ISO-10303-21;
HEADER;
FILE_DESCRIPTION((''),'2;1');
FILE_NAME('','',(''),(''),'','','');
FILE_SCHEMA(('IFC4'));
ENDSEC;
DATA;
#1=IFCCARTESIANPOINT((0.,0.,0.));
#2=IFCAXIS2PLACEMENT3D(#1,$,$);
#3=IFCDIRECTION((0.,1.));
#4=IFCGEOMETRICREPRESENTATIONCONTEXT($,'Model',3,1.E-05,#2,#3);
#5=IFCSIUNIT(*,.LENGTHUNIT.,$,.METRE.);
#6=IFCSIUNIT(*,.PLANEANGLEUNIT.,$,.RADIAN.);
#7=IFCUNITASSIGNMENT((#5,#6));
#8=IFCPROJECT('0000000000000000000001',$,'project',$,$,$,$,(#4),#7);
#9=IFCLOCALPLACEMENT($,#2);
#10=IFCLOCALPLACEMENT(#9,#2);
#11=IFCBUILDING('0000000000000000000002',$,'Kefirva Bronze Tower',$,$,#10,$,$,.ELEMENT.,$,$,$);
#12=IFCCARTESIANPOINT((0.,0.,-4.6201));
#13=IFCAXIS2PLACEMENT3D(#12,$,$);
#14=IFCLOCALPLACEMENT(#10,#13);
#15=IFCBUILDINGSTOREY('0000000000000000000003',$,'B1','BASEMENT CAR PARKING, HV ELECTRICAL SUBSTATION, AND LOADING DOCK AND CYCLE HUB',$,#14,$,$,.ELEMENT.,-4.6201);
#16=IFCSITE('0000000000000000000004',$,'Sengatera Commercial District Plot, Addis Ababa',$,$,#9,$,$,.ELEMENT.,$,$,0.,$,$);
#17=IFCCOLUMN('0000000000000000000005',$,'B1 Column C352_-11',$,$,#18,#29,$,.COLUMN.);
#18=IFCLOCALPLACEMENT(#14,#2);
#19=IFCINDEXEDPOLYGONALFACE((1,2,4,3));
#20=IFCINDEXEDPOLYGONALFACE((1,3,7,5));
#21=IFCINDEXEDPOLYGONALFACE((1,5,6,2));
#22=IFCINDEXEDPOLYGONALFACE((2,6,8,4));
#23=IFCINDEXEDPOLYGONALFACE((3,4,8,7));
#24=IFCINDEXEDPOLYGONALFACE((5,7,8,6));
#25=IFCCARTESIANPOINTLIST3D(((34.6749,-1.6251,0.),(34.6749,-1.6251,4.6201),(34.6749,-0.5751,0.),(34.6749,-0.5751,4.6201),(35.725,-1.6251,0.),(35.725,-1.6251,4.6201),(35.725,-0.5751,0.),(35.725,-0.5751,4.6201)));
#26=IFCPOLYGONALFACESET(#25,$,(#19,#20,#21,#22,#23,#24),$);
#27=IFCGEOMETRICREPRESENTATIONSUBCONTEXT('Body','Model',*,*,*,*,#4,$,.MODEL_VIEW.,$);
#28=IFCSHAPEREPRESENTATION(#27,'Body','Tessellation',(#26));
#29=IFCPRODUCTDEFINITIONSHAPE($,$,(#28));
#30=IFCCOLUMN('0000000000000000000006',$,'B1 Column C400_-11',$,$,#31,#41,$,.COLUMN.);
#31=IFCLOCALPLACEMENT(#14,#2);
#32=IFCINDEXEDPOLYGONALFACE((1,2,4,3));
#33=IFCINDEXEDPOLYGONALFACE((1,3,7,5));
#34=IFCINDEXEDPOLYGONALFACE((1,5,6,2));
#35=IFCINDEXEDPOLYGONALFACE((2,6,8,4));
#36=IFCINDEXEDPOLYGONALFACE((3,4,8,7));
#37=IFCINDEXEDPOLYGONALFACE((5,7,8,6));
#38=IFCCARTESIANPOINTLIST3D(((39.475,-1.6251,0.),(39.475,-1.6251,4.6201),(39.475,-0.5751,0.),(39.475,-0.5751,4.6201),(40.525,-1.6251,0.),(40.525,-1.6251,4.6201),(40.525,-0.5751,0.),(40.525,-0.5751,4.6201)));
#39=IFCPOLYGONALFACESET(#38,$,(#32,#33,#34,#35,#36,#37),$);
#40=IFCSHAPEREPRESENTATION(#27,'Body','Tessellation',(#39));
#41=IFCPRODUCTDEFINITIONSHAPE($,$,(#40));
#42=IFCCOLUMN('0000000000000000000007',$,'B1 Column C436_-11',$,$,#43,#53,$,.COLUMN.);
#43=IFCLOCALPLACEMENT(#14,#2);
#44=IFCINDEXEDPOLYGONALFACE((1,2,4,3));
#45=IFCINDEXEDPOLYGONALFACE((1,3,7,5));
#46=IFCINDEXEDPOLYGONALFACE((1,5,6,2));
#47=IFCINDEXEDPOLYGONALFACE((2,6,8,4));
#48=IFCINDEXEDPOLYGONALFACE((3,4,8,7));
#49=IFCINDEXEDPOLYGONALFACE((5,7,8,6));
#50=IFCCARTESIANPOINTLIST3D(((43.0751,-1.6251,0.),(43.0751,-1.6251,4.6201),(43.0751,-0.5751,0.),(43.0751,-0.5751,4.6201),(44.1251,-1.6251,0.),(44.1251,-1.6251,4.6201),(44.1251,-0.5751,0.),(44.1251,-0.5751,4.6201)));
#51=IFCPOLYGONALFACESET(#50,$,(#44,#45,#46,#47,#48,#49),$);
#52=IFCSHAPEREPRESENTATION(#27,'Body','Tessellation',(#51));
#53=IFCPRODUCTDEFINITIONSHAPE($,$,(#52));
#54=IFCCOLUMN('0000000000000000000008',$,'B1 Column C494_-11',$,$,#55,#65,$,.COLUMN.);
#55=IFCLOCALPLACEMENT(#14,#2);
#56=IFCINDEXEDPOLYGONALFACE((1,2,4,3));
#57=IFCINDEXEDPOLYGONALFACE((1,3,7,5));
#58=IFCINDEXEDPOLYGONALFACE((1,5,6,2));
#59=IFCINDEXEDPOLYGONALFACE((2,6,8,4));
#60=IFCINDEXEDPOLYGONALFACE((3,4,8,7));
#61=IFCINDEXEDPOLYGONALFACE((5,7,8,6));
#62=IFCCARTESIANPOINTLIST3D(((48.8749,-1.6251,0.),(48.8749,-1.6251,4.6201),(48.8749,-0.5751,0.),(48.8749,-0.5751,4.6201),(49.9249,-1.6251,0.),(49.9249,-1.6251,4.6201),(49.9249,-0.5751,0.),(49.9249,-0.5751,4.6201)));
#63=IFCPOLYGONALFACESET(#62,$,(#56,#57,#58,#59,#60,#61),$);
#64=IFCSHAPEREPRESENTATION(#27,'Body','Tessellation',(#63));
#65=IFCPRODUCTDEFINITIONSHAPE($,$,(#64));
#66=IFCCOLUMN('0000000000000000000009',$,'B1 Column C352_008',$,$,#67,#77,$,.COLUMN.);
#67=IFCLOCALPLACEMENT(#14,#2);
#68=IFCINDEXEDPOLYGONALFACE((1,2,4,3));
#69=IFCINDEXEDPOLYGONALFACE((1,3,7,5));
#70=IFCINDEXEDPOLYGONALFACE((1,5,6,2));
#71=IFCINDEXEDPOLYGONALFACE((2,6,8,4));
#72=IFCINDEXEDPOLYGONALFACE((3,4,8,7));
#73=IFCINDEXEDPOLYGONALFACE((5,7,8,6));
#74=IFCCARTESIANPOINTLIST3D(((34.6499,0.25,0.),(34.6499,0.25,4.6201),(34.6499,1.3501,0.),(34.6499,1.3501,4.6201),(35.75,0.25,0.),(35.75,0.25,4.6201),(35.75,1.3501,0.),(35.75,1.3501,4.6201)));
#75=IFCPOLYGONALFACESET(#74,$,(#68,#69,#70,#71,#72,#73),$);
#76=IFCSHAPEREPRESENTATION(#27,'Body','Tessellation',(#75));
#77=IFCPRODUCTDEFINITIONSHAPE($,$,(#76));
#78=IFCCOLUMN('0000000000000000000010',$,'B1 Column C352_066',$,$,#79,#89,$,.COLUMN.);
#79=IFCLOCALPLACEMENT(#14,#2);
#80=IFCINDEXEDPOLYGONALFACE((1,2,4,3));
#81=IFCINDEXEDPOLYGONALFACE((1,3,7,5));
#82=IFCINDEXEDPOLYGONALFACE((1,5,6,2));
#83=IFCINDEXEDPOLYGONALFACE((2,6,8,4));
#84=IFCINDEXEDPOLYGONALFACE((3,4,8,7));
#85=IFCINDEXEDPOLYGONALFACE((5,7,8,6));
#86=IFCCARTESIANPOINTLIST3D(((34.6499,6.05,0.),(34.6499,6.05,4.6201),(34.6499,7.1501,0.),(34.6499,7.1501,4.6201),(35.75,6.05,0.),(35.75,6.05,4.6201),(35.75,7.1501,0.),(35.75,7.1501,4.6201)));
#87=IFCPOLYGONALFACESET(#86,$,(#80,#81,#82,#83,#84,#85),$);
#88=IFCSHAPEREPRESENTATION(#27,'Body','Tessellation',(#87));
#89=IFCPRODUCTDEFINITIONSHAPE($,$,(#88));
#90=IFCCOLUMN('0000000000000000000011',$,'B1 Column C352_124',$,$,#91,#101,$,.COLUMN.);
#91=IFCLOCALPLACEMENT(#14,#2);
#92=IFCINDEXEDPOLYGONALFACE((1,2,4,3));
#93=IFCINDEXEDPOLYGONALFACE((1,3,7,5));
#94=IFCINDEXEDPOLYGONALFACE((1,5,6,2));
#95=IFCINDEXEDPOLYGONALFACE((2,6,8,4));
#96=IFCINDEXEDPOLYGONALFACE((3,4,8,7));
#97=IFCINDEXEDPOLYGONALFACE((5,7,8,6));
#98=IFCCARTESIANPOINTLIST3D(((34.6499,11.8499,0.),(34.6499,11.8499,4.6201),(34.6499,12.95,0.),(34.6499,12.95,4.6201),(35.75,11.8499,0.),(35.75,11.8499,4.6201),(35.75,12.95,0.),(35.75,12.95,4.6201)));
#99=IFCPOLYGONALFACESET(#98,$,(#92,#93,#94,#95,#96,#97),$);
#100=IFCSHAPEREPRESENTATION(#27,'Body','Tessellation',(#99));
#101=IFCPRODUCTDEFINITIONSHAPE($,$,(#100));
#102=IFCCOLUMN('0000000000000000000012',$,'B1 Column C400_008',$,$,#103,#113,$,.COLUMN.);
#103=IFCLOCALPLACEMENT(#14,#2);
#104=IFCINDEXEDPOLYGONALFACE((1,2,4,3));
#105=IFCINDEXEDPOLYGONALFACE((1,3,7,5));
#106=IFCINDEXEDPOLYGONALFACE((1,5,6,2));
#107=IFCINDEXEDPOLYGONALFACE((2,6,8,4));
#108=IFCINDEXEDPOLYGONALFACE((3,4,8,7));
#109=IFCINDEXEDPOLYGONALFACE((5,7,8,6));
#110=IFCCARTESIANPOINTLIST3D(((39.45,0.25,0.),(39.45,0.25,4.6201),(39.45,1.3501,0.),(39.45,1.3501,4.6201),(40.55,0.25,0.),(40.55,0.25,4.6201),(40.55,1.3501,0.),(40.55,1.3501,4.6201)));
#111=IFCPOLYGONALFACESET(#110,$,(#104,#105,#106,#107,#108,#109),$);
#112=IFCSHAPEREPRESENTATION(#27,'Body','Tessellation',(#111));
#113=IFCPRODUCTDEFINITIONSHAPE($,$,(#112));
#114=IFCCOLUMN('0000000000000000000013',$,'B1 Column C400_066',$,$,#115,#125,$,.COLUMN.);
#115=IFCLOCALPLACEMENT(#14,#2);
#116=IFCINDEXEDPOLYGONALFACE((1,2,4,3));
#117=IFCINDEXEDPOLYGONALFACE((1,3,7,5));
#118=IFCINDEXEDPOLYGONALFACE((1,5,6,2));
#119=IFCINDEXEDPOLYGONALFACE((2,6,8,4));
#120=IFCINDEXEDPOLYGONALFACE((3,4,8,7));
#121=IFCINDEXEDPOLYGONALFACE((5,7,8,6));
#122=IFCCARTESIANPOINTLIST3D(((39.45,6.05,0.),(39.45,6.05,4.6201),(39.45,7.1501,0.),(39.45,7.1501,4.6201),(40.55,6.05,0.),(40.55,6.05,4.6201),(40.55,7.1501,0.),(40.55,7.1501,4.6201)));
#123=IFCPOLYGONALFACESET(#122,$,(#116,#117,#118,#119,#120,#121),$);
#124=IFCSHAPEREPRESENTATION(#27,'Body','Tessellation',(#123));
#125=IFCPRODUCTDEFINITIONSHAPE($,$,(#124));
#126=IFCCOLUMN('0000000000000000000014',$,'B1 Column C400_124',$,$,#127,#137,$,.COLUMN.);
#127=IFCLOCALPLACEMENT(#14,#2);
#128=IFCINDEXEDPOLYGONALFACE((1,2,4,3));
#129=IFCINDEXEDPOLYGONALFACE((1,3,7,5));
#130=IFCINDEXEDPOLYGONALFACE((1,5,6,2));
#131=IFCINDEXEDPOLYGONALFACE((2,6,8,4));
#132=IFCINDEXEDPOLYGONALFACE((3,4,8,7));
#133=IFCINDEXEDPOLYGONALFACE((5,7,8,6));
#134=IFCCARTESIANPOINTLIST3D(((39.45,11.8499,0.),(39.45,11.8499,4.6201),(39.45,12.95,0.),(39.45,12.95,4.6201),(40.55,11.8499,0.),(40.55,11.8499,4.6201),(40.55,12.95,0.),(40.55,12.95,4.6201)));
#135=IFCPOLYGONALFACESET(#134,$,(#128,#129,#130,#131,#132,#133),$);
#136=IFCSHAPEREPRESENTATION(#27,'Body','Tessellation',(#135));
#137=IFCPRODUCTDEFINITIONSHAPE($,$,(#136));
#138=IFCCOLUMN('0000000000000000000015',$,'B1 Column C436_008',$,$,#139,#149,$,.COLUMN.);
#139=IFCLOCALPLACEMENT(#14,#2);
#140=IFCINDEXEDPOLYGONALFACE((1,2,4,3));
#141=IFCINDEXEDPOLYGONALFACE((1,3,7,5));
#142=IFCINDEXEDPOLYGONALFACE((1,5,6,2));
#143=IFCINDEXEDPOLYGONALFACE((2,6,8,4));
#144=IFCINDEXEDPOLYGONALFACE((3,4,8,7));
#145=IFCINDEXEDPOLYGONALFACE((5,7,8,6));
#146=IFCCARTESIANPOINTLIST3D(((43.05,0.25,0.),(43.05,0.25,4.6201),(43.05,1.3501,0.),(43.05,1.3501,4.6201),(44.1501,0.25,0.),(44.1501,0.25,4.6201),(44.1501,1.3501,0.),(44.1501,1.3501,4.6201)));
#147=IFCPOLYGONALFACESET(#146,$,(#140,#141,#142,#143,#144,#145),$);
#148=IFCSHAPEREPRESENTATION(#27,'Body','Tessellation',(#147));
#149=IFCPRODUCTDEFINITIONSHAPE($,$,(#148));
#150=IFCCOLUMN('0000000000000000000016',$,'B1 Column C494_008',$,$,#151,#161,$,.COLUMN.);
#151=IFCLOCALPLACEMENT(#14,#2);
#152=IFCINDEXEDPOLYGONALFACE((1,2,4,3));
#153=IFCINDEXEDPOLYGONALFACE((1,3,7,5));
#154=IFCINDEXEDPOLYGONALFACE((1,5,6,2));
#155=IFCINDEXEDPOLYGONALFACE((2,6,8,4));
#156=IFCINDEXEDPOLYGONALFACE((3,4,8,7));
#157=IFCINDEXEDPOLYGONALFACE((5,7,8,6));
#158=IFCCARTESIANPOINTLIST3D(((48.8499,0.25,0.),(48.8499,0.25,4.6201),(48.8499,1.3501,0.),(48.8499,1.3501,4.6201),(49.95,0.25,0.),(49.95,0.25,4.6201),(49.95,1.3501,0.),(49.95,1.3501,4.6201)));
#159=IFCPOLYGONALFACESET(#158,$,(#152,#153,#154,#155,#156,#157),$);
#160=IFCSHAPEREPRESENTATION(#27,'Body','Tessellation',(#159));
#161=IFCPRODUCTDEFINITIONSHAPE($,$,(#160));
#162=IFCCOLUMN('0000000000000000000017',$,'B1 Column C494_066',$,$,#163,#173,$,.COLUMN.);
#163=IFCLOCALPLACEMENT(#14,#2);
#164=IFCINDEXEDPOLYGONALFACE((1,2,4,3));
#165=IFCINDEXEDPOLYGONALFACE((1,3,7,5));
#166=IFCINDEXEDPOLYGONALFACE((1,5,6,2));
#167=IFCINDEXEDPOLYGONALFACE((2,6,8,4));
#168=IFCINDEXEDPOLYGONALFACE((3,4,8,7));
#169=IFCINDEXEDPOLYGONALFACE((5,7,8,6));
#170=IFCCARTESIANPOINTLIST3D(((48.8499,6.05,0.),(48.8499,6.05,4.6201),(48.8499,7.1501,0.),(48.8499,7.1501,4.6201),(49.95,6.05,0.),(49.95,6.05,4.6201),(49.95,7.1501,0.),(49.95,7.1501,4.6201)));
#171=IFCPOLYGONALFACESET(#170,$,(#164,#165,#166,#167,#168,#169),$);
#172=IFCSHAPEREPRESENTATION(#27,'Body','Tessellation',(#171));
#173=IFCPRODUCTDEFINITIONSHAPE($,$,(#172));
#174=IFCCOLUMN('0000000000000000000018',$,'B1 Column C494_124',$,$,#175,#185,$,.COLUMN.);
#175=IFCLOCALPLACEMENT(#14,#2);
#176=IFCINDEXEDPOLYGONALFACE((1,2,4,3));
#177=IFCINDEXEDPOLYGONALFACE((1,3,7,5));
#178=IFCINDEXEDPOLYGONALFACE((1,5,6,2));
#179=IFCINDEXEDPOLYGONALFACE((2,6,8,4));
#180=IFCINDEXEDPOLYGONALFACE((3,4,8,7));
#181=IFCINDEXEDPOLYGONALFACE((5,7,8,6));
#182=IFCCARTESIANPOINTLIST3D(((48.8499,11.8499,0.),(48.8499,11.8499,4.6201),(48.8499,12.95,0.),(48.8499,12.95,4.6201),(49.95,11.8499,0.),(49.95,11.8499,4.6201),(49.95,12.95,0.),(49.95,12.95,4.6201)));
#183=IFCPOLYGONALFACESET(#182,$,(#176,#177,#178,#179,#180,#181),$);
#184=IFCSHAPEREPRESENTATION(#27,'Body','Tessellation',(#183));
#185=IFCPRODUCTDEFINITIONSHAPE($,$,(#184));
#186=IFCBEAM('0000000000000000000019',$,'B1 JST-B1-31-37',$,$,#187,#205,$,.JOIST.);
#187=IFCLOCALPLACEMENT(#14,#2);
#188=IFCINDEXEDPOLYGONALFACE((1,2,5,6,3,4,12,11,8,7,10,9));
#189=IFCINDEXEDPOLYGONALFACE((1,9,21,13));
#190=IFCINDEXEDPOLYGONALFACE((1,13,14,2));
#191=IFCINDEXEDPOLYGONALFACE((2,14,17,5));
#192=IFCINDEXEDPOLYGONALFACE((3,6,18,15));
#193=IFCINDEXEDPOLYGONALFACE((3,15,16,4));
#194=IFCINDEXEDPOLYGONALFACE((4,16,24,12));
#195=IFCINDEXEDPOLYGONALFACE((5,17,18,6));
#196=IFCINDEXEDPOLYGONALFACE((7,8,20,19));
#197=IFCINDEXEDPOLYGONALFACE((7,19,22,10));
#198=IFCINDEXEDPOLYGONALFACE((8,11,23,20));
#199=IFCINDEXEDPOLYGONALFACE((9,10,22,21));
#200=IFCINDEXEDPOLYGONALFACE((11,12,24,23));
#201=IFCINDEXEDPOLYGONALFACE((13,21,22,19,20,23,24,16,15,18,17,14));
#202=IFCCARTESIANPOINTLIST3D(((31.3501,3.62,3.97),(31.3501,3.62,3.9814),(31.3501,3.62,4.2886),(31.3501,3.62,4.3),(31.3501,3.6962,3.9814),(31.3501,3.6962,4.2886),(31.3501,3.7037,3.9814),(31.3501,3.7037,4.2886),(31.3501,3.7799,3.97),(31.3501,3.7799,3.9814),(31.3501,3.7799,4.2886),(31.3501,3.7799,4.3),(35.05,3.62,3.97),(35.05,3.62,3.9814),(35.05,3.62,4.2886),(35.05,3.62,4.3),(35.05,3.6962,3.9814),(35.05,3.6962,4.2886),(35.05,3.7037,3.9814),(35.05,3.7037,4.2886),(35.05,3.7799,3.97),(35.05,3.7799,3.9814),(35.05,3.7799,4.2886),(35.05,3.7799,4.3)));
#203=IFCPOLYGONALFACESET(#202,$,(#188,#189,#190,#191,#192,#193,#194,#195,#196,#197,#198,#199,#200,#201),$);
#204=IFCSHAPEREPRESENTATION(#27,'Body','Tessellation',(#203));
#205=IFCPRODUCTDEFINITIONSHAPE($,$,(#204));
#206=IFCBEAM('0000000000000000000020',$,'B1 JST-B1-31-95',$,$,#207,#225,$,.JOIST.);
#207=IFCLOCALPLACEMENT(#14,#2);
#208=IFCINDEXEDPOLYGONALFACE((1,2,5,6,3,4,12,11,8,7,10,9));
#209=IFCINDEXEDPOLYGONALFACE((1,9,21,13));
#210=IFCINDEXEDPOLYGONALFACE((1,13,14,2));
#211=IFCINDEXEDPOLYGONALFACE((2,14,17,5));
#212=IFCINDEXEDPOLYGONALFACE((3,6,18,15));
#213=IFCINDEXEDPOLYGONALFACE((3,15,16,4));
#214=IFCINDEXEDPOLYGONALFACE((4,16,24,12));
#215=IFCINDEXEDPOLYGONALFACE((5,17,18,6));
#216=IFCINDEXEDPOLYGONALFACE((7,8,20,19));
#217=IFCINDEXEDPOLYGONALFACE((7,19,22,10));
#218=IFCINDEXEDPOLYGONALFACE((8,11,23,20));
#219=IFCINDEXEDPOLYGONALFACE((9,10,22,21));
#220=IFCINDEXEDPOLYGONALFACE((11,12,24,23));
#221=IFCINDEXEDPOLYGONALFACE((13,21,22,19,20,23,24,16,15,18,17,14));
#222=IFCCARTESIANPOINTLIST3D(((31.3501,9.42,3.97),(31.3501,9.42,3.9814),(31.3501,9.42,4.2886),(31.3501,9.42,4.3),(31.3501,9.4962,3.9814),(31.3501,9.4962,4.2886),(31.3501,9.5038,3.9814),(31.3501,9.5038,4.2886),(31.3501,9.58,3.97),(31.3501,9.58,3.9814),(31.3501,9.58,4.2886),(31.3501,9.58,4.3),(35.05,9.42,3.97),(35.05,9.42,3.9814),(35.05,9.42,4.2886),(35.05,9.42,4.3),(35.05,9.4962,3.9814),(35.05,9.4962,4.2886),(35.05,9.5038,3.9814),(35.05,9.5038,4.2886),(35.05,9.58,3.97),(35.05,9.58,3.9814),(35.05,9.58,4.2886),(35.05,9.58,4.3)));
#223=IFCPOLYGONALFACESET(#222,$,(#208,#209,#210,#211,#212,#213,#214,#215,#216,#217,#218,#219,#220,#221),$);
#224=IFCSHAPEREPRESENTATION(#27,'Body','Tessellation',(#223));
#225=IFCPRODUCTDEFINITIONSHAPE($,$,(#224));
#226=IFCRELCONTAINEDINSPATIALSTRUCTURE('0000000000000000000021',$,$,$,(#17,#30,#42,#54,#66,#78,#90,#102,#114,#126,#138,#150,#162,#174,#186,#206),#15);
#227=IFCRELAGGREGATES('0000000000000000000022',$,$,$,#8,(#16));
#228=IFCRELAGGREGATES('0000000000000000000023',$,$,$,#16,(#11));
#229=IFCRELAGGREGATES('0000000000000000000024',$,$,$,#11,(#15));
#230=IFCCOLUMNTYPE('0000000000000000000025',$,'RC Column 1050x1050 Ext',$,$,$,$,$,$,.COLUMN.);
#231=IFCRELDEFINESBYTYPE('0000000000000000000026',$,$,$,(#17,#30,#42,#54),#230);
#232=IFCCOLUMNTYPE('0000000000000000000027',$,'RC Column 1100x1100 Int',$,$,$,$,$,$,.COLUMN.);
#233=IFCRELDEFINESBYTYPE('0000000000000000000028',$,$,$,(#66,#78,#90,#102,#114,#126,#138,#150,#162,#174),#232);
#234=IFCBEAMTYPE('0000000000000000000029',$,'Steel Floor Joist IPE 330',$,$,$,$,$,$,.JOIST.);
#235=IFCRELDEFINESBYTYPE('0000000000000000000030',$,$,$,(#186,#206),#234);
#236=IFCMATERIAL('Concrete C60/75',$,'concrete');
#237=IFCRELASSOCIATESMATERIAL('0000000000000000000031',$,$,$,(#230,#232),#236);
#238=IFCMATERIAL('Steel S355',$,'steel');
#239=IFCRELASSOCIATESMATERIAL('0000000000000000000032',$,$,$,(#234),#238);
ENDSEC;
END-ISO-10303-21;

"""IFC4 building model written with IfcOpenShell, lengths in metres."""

from ifc_helpers import new_model, si_unit, direction, frame, origin, origin_2d, place, context, subcontext, project, spatial, rectangle, i_section, extrude, material, material_profile, profile_set, type_object, element, save


model = new_model("IFC4")

# Units and contexts
model_context = context("Model", 3, precision=1e-05, world=origin(), true_north=direction((0.0, 1.0)))
body_context = subcontext(model_context, "Body", "Model", "MODEL_VIEW")
ifc_project = project(units=[si_unit("LENGTHUNIT", "METRE"), si_unit("PLANEANGLEUNIT", "RADIAN")], contexts=[model_context])

# Site, building, storey
site_placement = place(None, origin())
site = spatial("IfcSite", under=ifc_project, at=site_placement, Name="Sengatera Commercial District Plot, Addis Ababa", CompositionType="ELEMENT", RefElevation=0.0)
building_placement = place(site_placement, origin())
building = spatial("IfcBuilding", under=site, at=building_placement, Name="Kefirva Bronze Tower", CompositionType="ELEMENT")
storey_placement = place(building_placement, frame((0.0, 0.0, -4.6201)))
storey = spatial("IfcBuildingStorey", under=building, at=storey_placement, Name="B1", Description="BASEMENT CAR PARKING, HV ELECTRICAL SUBSTATION, AND LOADING DOCK AND CYCLE HUB", CompositionType="ELEMENT", Elevation=-4.6201)

# Columns
ifc_material_1 = material(Name="Concrete C60/75", Category="concrete")
ifc_material_profile_1 = material_profile(ifc_material_1, rectangle(XDim=1.05, YDim=1.05, at=origin_2d()), Name="RC 1050x1050")
ifc_profile_set_1 = profile_set([ifc_material_profile_1], Name="Concrete C60/75")
column_type_1 = type_object("IfcColumnType", Name="RC Column 1050x1050 Ext", PredefinedType="COLUMN", material=ifc_profile_set_1)
for number, where, z_axis, x_axis, name in (
    (1, (35.2, -1.1001, 0.0), (0.0, 0.0, 1.0), (1.0, 0.0, 0.0), "B1 Column C352_-11"),
    (2, (40.0, -1.1001, 0.0), (0.0, 0.0, 1.0), (1.0, 0.0, 0.0), "B1 Column C400_-11"),
    (3, (43.6001, -1.1001, 0.0), (0.0, 0.0, 1.0), (1.0, 0.0, 0.0), "B1 Column C436_-11"),
    (4, (49.3999, -1.1001, 0.0), (0.0, 0.0, 1.0), (1.0, 0.0, 0.0), "B1 Column C494_-11"),
):
    element("IfcColumn", number, at=place(storey_placement, frame(where, z_axis=z_axis, x_axis=x_axis)), inside=storey, type_object=column_type_1, Name=name, PredefinedType="COLUMN", context=body_context, shape_type="SweptSolid", body=[
        extrude(rectangle(XDim=1.05, YDim=1.05, at=origin_2d()), origin(), (0.0, 0.0, 1.0), 4.6201),
    ])
ifc_material_profile_2 = material_profile(ifc_material_1, rectangle(XDim=1.1001, YDim=1.1001, at=origin_2d()), Name="RC 1100x1100")
ifc_profile_set_2 = profile_set([ifc_material_profile_2], Name="Concrete C60/75")
column_type_2 = type_object("IfcColumnType", Name="RC Column 1100x1100 Int", PredefinedType="COLUMN", material=ifc_profile_set_2)
for number, where, z_axis, x_axis, name in (
    (5, (35.2, 0.8, 0.0), (0.0, 0.0, 1.0), (1.0, 0.0, 0.0), "B1 Column C352_008"),
    (6, (35.2, 6.6001, 0.0), (0.0, 0.0, 1.0), (1.0, 0.0, 0.0), "B1 Column C352_066"),
    (7, (35.2, 12.3999, 0.0), (0.0, 0.0, 1.0), (1.0, 0.0, 0.0), "B1 Column C352_124"),
    (8, (40.0, 0.8, 0.0), (0.0, 0.0, 1.0), (1.0, 0.0, 0.0), "B1 Column C400_008"),
    (9, (40.0, 6.6001, 0.0), (0.0, 0.0, 1.0), (1.0, 0.0, 0.0), "B1 Column C400_066"),
    (10, (40.0, 12.3999, 0.0), (0.0, 0.0, 1.0), (1.0, 0.0, 0.0), "B1 Column C400_124"),
    (11, (43.6001, 0.8, 0.0), (0.0, 0.0, 1.0), (1.0, 0.0, 0.0), "B1 Column C436_008"),
    (12, (49.3999, 0.8, 0.0), (0.0, 0.0, 1.0), (1.0, 0.0, 0.0), "B1 Column C494_008"),
    (13, (49.3999, 6.6001, 0.0), (0.0, 0.0, 1.0), (1.0, 0.0, 0.0), "B1 Column C494_066"),
    (14, (49.3999, 12.3999, 0.0), (0.0, 0.0, 1.0), (1.0, 0.0, 0.0), "B1 Column C494_124"),
):
    element("IfcColumn", number, at=place(storey_placement, frame(where, z_axis=z_axis, x_axis=x_axis)), inside=storey, type_object=column_type_2, Name=name, PredefinedType="COLUMN", context=body_context, shape_type="SweptSolid", body=[
        extrude(rectangle(XDim=1.1001, YDim=1.1001, at=origin_2d()), origin(), (0.0, 0.0, 1.0), 4.6201),
    ])

# Beams
ifc_material_2 = material(Name="Steel S355", Category="steel")
ifc_material_profile_3 = material_profile(ifc_material_2, i_section(OverallWidth=0.1599, OverallDepth=0.3301, WebThickness=0.0076, FlangeThickness=0.0115, at=origin_2d()), Name="IPE 330")
ifc_profile_set_3 = profile_set([ifc_material_profile_3], Name="Steel S355")
beam_type_1 = type_object("IfcBeamType", Name="Steel Floor Joist IPE 330", PredefinedType="JOIST", material=ifc_profile_set_3)
for number, where, z_axis, x_axis, name in (
    (15, (31.3501, 3.7, 4.135), (1.0, 0.0, 0.0), (0.0, 1.0, 0.0), "B1 JST-B1-31-37"),
    (16, (31.3501, 9.5, 4.135), (1.0, 0.0, 0.0), (0.0, 1.0, 0.0), "B1 JST-B1-31-95"),
):
    element("IfcBeam", number, at=place(storey_placement, frame(where, z_axis=z_axis, x_axis=x_axis)), inside=storey, type_object=beam_type_1, Name=name, PredefinedType="JOIST", context=body_context, shape_type="SweptSolid", body=[
        extrude(i_section(OverallWidth=0.1599, OverallDepth=0.3301, WebThickness=0.0076, FlangeThickness=0.0115, at=origin_2d()), origin(), (0.0, 0.0, 1.0), 3.7),
    ])

save(model, "model.ifc")
